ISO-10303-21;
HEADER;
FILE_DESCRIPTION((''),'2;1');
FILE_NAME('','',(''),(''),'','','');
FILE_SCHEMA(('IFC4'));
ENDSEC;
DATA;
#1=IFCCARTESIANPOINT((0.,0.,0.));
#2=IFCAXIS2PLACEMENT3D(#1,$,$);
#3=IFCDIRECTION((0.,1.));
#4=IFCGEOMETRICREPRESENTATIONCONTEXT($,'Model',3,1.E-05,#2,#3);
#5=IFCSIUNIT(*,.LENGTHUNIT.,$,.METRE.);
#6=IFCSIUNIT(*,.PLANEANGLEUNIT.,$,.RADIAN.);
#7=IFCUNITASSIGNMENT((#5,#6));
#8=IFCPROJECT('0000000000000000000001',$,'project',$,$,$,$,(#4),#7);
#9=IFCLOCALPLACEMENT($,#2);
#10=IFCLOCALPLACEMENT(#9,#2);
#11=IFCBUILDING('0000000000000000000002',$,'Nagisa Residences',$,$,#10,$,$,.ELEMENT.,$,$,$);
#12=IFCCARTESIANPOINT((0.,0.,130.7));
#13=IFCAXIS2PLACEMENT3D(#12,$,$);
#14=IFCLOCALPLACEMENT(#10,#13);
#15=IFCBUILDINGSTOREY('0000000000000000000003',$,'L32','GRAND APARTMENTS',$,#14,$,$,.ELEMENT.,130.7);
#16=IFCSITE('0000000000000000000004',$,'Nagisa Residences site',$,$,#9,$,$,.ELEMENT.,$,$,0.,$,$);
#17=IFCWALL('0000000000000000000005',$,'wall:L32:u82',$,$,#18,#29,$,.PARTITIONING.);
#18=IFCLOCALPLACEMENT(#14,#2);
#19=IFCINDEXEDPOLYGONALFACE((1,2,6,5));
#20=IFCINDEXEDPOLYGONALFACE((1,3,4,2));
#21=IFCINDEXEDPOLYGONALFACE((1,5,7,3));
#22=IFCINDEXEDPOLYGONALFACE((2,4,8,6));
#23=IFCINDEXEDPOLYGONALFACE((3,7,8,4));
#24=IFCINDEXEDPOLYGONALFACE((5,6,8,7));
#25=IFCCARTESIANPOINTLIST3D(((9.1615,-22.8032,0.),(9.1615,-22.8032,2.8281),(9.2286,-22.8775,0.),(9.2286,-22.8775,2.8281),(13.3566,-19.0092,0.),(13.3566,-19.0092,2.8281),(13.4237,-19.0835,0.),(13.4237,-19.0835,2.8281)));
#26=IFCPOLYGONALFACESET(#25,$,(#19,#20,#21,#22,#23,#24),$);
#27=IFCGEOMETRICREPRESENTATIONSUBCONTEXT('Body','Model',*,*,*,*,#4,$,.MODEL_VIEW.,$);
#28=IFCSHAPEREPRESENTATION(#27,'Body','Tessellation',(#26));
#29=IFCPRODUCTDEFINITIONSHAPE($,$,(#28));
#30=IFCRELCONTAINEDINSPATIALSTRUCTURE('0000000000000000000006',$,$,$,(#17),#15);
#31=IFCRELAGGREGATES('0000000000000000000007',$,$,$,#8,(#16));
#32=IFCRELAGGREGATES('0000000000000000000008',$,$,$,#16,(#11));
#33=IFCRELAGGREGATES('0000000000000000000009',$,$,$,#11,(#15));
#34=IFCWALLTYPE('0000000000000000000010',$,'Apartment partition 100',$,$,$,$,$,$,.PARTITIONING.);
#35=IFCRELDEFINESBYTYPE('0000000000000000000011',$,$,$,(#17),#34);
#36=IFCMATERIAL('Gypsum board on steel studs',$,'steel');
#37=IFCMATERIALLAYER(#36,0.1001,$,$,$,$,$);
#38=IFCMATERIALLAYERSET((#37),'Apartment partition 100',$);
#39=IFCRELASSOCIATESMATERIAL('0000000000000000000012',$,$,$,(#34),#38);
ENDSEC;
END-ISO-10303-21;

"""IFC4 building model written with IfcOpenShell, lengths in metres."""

from ifc_helpers import new_model, si_unit, direction, frame, frame_2d, origin, place, context, subcontext, project, spatial, rectangle, extrude, material, layer, layer_set, type_object, element, save


model = new_model("IFC4")

# Units and contexts
model_context = context("Model", 3, precision=1e-05, world=origin(), true_north=direction((0.0, 1.0)))
body_context = subcontext(model_context, "Body", "Model", "MODEL_VIEW")
ifc_project = project(units=[si_unit("LENGTHUNIT", "METRE"), si_unit("PLANEANGLEUNIT", "RADIAN")], contexts=[model_context])

# Site, building, storey
site_placement = place(None, origin())
site = spatial("IfcSite", under=ifc_project, at=site_placement, Name="Nagisa Residences site", CompositionType="ELEMENT", RefElevation=0.0)
building_placement = place(site_placement, origin())
building = spatial("IfcBuilding", under=site, at=building_placement, Name="Nagisa Residences", CompositionType="ELEMENT")
storey_placement = place(building_placement, frame((0.0, 0.0, 130.7)))
storey = spatial("IfcBuildingStorey", under=building, at=storey_placement, Name="L32", Description="GRAND APARTMENTS", CompositionType="ELEMENT", Elevation=130.7)

# Shared definitions
ifc_material_1 = material(Name="Gypsum board on steel studs", Category="steel")
ifc_layer_1 = layer(ifc_material_1, 0.1001)
ifc_layer_set_1 = layer_set([ifc_layer_1], Name="Apartment partition 100")
wall_type_1 = type_object("IfcWallType", Name="Apartment partition 100", PredefinedType="PARTITIONING", material=ifc_layer_set_1)

# Wall
wall_1_placement = place(storey_placement, frame((9.1951, -22.8403, 0.0), z_axis=(0.0, 0.0, 1.0), x_axis=(0.741676, 0.670758, 0.0)))
element("IfcWall", 1, at=wall_1_placement, inside=storey, type_object=wall_type_1, Name="wall:L32:u82", PredefinedType="PARTITIONING", context=body_context, shape_type="SweptSolid", body=[
    extrude(rectangle(XDim=5.6562, YDim=0.1001, at=frame_2d((2.8281, 0.0))), origin(), (0.0, 0.0, 1.0), 2.8281),
])

save(model, "model.ifc")
